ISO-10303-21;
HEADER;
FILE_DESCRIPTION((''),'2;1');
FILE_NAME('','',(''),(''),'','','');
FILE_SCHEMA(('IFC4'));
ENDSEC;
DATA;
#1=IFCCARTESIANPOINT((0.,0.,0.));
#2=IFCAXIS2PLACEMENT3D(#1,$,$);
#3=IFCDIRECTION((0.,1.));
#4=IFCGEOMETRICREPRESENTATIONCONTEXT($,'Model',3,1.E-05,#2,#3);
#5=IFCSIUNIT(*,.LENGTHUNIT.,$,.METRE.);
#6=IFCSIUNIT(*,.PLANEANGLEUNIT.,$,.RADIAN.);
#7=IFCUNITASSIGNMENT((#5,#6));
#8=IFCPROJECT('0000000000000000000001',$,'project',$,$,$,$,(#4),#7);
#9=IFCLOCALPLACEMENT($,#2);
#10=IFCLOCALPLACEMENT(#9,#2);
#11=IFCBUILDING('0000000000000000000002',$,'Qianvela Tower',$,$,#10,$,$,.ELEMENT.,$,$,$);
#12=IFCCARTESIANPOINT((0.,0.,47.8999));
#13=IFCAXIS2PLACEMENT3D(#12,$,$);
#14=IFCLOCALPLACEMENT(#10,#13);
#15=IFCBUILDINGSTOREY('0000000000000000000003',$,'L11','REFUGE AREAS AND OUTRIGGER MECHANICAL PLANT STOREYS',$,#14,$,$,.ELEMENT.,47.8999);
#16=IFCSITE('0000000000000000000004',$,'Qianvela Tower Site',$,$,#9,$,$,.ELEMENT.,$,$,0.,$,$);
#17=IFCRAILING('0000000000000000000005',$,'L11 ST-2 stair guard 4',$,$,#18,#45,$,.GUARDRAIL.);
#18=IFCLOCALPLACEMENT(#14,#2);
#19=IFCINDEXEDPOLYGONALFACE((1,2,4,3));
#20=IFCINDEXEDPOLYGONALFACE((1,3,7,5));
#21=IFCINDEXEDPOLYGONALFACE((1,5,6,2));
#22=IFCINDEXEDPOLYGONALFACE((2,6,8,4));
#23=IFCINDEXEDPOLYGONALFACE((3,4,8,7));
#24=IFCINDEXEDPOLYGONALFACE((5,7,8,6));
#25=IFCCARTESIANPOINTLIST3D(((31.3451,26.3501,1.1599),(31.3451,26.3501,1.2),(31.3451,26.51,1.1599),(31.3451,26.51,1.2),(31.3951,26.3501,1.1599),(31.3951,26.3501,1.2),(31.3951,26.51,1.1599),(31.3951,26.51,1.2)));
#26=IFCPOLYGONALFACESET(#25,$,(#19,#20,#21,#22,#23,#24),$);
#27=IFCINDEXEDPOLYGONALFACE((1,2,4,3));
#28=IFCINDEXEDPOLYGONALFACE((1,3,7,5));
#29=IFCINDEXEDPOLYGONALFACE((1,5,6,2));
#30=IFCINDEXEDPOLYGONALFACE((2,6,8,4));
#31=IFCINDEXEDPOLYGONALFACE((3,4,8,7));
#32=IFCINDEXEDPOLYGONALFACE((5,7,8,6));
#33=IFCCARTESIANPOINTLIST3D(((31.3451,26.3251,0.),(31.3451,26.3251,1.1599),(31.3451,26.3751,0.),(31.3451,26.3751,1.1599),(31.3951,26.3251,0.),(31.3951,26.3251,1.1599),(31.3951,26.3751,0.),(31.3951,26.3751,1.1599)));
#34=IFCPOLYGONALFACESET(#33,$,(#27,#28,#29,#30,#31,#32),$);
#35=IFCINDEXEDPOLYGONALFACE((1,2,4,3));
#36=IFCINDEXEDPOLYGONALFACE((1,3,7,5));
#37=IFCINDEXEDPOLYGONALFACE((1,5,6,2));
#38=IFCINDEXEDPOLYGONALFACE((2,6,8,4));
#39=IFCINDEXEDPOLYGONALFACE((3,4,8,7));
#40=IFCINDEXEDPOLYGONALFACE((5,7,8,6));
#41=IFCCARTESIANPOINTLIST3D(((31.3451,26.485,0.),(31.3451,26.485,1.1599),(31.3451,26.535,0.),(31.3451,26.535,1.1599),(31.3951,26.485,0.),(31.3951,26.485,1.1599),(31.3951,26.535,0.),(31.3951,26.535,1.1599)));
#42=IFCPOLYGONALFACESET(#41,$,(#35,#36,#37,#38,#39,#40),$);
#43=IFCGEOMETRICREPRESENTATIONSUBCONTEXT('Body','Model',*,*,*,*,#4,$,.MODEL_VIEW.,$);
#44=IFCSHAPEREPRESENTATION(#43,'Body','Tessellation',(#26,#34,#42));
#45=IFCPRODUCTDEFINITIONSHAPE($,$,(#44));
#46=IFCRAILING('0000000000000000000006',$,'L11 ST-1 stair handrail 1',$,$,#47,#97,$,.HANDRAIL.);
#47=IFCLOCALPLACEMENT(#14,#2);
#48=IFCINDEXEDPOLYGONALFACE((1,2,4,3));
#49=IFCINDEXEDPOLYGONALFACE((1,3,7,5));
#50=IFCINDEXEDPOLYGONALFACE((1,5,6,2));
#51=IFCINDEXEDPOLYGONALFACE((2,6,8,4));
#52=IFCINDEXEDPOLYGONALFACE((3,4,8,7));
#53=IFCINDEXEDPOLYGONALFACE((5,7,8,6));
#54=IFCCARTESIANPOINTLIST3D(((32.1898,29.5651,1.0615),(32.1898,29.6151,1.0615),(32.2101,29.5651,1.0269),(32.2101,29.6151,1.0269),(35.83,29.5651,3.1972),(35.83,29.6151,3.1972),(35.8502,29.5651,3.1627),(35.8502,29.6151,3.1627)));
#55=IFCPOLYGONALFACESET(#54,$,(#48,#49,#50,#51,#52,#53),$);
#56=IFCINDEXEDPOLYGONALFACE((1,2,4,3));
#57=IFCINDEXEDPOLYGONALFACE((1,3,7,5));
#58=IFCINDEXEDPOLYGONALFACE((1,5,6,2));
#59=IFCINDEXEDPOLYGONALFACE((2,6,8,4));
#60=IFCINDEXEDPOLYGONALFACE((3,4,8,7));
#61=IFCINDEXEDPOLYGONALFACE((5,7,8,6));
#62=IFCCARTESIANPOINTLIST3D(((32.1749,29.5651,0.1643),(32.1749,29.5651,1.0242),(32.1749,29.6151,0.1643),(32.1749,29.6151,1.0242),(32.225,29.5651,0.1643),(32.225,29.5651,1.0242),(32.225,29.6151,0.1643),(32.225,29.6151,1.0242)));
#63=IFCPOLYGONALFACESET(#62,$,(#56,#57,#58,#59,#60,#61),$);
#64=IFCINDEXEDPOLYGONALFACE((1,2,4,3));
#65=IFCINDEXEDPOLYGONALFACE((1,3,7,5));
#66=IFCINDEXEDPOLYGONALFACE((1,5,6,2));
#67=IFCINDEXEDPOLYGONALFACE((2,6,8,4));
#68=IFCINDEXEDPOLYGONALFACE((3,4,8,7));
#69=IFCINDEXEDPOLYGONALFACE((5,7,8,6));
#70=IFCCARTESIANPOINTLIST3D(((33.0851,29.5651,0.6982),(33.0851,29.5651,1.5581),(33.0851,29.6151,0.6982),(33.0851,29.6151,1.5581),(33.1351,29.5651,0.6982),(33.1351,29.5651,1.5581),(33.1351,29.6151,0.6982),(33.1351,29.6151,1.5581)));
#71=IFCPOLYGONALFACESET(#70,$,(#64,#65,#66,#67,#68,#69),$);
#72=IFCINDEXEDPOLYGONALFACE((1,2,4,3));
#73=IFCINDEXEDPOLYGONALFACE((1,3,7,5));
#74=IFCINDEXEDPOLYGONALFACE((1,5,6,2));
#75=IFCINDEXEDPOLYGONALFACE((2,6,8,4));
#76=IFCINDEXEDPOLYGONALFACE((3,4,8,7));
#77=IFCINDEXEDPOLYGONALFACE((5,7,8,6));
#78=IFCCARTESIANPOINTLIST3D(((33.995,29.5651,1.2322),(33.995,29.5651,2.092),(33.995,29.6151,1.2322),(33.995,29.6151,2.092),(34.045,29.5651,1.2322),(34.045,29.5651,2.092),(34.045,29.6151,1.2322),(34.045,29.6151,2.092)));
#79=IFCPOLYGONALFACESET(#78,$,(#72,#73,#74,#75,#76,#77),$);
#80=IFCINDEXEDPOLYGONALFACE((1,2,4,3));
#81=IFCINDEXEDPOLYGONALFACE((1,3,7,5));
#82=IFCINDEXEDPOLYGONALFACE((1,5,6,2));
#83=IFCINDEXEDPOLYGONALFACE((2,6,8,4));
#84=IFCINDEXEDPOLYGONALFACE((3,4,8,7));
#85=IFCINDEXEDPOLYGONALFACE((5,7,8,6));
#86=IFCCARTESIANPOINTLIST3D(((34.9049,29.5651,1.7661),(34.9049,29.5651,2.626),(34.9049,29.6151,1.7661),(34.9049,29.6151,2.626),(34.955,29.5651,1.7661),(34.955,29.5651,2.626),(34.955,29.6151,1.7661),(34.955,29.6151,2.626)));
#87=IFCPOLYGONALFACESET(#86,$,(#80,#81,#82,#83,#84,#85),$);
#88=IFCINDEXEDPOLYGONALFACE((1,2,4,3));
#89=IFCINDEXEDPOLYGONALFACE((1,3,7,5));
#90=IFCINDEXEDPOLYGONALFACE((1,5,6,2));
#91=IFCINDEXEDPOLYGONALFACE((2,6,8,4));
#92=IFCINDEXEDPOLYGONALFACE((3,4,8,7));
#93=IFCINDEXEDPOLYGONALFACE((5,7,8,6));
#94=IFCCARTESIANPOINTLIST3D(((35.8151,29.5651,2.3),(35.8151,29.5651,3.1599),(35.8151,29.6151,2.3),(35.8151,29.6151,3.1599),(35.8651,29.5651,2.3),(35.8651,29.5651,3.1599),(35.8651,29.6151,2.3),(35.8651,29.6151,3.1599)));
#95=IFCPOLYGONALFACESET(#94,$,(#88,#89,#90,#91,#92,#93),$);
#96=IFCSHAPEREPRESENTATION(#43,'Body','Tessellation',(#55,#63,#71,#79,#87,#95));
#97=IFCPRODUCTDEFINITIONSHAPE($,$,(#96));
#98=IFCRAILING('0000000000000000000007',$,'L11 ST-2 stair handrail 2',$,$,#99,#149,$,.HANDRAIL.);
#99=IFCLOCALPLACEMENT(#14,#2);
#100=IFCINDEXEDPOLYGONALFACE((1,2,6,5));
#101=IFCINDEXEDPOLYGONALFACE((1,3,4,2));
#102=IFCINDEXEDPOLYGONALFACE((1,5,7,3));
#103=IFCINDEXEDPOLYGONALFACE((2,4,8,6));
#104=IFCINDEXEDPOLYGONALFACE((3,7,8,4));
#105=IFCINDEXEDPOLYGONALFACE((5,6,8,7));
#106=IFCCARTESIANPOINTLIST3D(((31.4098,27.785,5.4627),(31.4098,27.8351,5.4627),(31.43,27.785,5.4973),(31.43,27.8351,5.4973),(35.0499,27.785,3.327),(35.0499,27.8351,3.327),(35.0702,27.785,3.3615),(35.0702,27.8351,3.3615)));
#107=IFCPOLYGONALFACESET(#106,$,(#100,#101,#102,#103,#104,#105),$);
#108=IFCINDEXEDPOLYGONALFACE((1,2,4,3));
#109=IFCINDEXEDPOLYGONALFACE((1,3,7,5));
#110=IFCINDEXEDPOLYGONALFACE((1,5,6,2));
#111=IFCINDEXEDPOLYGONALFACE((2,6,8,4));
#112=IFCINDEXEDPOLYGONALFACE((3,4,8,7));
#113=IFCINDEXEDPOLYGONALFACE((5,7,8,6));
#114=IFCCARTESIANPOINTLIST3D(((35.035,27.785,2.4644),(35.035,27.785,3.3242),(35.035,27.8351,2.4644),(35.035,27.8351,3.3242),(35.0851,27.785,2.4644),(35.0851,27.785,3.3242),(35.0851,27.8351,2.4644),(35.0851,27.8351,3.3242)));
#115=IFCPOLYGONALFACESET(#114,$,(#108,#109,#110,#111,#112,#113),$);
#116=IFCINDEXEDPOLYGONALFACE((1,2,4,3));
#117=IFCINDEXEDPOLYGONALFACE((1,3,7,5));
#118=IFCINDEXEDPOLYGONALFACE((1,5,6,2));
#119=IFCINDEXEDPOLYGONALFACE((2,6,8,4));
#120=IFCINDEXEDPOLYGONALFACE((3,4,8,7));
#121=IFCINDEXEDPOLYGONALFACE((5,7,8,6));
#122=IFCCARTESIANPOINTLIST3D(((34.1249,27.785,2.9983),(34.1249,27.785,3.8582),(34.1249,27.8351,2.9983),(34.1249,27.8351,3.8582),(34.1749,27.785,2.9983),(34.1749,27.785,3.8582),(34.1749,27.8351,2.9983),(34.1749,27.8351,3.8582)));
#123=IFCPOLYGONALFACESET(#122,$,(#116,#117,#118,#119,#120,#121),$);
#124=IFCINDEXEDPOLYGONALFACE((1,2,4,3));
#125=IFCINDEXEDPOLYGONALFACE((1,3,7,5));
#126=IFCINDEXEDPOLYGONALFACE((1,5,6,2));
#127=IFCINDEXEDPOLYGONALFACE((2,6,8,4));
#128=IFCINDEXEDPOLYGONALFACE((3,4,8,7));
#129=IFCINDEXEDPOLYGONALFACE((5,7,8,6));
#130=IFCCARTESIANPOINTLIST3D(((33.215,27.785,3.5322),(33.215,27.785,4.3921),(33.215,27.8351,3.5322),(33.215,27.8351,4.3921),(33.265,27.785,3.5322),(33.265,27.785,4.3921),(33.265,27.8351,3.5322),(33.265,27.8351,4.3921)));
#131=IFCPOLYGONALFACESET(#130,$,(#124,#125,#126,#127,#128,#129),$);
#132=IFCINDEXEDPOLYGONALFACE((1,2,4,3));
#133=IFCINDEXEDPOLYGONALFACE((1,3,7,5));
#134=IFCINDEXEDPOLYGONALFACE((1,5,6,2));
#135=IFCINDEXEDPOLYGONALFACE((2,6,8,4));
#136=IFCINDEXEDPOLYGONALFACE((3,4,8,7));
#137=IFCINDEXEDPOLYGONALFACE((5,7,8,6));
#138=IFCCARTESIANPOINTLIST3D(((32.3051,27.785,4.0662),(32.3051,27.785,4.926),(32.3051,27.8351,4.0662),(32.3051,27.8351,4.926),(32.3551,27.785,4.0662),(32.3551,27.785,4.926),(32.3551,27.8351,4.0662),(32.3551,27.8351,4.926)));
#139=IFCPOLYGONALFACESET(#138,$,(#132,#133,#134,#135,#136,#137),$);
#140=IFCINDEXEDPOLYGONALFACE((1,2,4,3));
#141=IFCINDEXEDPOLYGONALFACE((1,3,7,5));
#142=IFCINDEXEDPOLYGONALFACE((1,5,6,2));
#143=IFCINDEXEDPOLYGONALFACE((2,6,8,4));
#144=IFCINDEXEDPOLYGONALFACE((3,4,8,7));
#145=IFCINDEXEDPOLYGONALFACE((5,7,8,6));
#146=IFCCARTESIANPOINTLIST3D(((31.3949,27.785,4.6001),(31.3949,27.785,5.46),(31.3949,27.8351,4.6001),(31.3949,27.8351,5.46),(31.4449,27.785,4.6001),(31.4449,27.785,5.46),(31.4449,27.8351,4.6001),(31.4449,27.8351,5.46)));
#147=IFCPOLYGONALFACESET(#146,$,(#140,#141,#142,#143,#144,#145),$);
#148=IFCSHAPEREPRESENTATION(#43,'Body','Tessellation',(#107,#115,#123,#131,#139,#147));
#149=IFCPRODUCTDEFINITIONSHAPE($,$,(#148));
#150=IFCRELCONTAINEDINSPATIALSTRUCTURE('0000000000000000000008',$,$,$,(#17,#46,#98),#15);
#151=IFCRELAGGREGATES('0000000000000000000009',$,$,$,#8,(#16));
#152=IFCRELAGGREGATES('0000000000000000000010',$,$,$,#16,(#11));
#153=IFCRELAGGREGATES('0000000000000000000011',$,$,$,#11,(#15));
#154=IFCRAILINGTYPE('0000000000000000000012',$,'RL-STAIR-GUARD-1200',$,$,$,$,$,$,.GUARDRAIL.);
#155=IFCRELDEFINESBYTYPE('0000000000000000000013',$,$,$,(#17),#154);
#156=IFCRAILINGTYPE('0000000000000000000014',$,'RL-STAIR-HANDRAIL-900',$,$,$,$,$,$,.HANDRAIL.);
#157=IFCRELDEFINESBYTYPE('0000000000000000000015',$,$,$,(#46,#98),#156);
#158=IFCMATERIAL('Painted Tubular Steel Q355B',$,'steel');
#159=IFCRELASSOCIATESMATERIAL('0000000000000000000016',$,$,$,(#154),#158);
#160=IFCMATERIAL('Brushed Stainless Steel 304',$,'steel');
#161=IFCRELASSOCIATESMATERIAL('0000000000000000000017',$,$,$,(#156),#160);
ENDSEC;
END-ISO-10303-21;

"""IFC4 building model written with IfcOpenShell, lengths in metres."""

from ifc_helpers import new_model, si_unit, direction, frame, origin, origin_2d, place, context, subcontext, project, spatial, rectangle, extrude, material, type_object, element, save


model = new_model("IFC4")

# Units and contexts
model_context = context("Model", 3, precision=1e-05, world=origin(), true_north=direction((0.0, 1.0)))
body_context = subcontext(model_context, "Body", "Model", "MODEL_VIEW")
ifc_project = project(units=[si_unit("LENGTHUNIT", "METRE"), si_unit("PLANEANGLEUNIT", "RADIAN")], contexts=[model_context])

# Site, building, storey
site_placement = place(None, origin())
site = spatial("IfcSite", under=ifc_project, at=site_placement, Name="Qianvela Tower Site", CompositionType="ELEMENT", RefElevation=0.0)
building_placement = place(site_placement, origin())
building = spatial("IfcBuilding", under=site, at=building_placement, Name="Qianvela Tower", CompositionType="ELEMENT")
storey_placement = place(building_placement, frame((0.0, 0.0, 47.8999)))
storey = spatial("IfcBuildingStorey", under=building, at=storey_placement, Name="L11", Description="REFUGE AREAS AND OUTRIGGER MECHANICAL PLANT STOREYS", CompositionType="ELEMENT", Elevation=47.8999)

# Railings
ifc_material_1 = material(Name="Painted Tubular Steel Q355B", Category="steel")
railing_type_1 = type_object("IfcRailingType", Name="RL-STAIR-GUARD-1200", PredefinedType="GUARDRAIL", material=ifc_material_1)
railing_1_placement = place(storey_placement, frame((31.3701, 26.3501, 0.0)))
element("IfcRailing", 1, at=railing_1_placement, inside=storey, type_object=railing_type_1, Name="L11 ST-2 stair guard 4", PredefinedType="GUARDRAIL", context=body_context, shape_type="SweptSolid", body=[
    extrude(rectangle(XDim=0.05, YDim=0.04, at=origin_2d()), frame((0.0, 0.0, 1.1799), z_axis=(0.0, 1.0, 0.0), x_axis=(-1.0, 0.0, 0.0)), (0.0, 0.0, 1.0), 0.1599),
    extrude(rectangle(XDim=0.05, YDim=0.05, at=origin_2d()), origin(), (0.0, 0.0, 1.0), 1.1599),
    extrude(rectangle(XDim=0.05, YDim=0.05, at=origin_2d()), frame((0.0, 0.1599, 0.0)), (0.0, 0.0, 1.0), 1.1599),
])
ifc_material_2 = material(Name="Brushed Stainless Steel 304", Category="steel")
railing_type_2 = type_object("IfcRailingType", Name="RL-STAIR-HANDRAIL-900", PredefinedType="HANDRAIL", material=ifc_material_2)
railing_2_placement = place(storey_placement, frame((32.2, 29.5901, 0.1643)))
element("IfcRailing", 2, at=railing_2_placement, inside=storey, type_object=railing_type_2, Name="L11 ST-1 stair handrail 1", PredefinedType="HANDRAIL", context=body_context, shape_type="SweptSolid", body=[
    extrude(rectangle(XDim=0.05, YDim=0.04, at=origin_2d()), frame((0.0, 0.0, 0.8799), z_axis=(0.862505, 0.0, 0.506049), x_axis=(0.0, 1.0, 0.0)), (0.0, 0.0, 1.0), 4.2205),
    extrude(rectangle(XDim=0.05, YDim=0.05, at=origin_2d()), origin(), (0.0, 0.0, 1.0), 0.8599),
    extrude(rectangle(XDim=0.05, YDim=0.05, at=origin_2d()), frame((0.9102, 0.0, 0.5339)), (0.0, 0.0, 1.0), 0.8599),
    extrude(rectangle(XDim=0.05, YDim=0.05, at=origin_2d()), frame((1.8201, 0.0, 1.0679)), (0.0, 0.0, 1.0), 0.8599),
    extrude(rectangle(XDim=0.05, YDim=0.05, at=origin_2d()), frame((2.73, 0.0, 1.6018)), (0.0, 0.0, 1.0), 0.8599),
    extrude(rectangle(XDim=0.05, YDim=0.05, at=origin_2d()), frame((3.6401, 0.0, 2.1357)), (0.0, 0.0, 1.0), 0.8599),
])
railing_3_placement = place(storey_placement, frame((35.0601, 27.8101, 2.4644)))
element("IfcRailing", 3, at=railing_3_placement, inside=storey, type_object=railing_type_2, Name="L11 ST-2 stair handrail 2", PredefinedType="HANDRAIL", context=body_context, shape_type="SweptSolid", body=[
    extrude(rectangle(XDim=0.05, YDim=0.04, at=origin_2d()), frame((0.0, 0.0, 0.8799), z_axis=(-0.862505, 0.0, 0.506049), x_axis=(0.0, -1.0, 0.0)), (0.0, 0.0, 1.0), 4.2205),
    extrude(rectangle(XDim=0.05, YDim=0.05, at=origin_2d()), origin(), (0.0, 0.0, 1.0), 0.8599),
    extrude(rectangle(XDim=0.05, YDim=0.05, at=origin_2d()), frame((-0.9102, 0.0, 0.5339)), (0.0, 0.0, 1.0), 0.8599),
    extrude(rectangle(XDim=0.05, YDim=0.05, at=origin_2d()), frame((-1.8201, 0.0, 1.0679)), (0.0, 0.0, 1.0), 0.8599),
    extrude(rectangle(XDim=0.05, YDim=0.05, at=origin_2d()), frame((-2.73, 0.0, 1.6018)), (0.0, 0.0, 1.0), 0.8599),
    extrude(rectangle(XDim=0.05, YDim=0.05, at=origin_2d()), frame((-3.6401, 0.0, 2.1357)), (0.0, 0.0, 1.0), 0.8599),
])

save(model, "model.ifc")
